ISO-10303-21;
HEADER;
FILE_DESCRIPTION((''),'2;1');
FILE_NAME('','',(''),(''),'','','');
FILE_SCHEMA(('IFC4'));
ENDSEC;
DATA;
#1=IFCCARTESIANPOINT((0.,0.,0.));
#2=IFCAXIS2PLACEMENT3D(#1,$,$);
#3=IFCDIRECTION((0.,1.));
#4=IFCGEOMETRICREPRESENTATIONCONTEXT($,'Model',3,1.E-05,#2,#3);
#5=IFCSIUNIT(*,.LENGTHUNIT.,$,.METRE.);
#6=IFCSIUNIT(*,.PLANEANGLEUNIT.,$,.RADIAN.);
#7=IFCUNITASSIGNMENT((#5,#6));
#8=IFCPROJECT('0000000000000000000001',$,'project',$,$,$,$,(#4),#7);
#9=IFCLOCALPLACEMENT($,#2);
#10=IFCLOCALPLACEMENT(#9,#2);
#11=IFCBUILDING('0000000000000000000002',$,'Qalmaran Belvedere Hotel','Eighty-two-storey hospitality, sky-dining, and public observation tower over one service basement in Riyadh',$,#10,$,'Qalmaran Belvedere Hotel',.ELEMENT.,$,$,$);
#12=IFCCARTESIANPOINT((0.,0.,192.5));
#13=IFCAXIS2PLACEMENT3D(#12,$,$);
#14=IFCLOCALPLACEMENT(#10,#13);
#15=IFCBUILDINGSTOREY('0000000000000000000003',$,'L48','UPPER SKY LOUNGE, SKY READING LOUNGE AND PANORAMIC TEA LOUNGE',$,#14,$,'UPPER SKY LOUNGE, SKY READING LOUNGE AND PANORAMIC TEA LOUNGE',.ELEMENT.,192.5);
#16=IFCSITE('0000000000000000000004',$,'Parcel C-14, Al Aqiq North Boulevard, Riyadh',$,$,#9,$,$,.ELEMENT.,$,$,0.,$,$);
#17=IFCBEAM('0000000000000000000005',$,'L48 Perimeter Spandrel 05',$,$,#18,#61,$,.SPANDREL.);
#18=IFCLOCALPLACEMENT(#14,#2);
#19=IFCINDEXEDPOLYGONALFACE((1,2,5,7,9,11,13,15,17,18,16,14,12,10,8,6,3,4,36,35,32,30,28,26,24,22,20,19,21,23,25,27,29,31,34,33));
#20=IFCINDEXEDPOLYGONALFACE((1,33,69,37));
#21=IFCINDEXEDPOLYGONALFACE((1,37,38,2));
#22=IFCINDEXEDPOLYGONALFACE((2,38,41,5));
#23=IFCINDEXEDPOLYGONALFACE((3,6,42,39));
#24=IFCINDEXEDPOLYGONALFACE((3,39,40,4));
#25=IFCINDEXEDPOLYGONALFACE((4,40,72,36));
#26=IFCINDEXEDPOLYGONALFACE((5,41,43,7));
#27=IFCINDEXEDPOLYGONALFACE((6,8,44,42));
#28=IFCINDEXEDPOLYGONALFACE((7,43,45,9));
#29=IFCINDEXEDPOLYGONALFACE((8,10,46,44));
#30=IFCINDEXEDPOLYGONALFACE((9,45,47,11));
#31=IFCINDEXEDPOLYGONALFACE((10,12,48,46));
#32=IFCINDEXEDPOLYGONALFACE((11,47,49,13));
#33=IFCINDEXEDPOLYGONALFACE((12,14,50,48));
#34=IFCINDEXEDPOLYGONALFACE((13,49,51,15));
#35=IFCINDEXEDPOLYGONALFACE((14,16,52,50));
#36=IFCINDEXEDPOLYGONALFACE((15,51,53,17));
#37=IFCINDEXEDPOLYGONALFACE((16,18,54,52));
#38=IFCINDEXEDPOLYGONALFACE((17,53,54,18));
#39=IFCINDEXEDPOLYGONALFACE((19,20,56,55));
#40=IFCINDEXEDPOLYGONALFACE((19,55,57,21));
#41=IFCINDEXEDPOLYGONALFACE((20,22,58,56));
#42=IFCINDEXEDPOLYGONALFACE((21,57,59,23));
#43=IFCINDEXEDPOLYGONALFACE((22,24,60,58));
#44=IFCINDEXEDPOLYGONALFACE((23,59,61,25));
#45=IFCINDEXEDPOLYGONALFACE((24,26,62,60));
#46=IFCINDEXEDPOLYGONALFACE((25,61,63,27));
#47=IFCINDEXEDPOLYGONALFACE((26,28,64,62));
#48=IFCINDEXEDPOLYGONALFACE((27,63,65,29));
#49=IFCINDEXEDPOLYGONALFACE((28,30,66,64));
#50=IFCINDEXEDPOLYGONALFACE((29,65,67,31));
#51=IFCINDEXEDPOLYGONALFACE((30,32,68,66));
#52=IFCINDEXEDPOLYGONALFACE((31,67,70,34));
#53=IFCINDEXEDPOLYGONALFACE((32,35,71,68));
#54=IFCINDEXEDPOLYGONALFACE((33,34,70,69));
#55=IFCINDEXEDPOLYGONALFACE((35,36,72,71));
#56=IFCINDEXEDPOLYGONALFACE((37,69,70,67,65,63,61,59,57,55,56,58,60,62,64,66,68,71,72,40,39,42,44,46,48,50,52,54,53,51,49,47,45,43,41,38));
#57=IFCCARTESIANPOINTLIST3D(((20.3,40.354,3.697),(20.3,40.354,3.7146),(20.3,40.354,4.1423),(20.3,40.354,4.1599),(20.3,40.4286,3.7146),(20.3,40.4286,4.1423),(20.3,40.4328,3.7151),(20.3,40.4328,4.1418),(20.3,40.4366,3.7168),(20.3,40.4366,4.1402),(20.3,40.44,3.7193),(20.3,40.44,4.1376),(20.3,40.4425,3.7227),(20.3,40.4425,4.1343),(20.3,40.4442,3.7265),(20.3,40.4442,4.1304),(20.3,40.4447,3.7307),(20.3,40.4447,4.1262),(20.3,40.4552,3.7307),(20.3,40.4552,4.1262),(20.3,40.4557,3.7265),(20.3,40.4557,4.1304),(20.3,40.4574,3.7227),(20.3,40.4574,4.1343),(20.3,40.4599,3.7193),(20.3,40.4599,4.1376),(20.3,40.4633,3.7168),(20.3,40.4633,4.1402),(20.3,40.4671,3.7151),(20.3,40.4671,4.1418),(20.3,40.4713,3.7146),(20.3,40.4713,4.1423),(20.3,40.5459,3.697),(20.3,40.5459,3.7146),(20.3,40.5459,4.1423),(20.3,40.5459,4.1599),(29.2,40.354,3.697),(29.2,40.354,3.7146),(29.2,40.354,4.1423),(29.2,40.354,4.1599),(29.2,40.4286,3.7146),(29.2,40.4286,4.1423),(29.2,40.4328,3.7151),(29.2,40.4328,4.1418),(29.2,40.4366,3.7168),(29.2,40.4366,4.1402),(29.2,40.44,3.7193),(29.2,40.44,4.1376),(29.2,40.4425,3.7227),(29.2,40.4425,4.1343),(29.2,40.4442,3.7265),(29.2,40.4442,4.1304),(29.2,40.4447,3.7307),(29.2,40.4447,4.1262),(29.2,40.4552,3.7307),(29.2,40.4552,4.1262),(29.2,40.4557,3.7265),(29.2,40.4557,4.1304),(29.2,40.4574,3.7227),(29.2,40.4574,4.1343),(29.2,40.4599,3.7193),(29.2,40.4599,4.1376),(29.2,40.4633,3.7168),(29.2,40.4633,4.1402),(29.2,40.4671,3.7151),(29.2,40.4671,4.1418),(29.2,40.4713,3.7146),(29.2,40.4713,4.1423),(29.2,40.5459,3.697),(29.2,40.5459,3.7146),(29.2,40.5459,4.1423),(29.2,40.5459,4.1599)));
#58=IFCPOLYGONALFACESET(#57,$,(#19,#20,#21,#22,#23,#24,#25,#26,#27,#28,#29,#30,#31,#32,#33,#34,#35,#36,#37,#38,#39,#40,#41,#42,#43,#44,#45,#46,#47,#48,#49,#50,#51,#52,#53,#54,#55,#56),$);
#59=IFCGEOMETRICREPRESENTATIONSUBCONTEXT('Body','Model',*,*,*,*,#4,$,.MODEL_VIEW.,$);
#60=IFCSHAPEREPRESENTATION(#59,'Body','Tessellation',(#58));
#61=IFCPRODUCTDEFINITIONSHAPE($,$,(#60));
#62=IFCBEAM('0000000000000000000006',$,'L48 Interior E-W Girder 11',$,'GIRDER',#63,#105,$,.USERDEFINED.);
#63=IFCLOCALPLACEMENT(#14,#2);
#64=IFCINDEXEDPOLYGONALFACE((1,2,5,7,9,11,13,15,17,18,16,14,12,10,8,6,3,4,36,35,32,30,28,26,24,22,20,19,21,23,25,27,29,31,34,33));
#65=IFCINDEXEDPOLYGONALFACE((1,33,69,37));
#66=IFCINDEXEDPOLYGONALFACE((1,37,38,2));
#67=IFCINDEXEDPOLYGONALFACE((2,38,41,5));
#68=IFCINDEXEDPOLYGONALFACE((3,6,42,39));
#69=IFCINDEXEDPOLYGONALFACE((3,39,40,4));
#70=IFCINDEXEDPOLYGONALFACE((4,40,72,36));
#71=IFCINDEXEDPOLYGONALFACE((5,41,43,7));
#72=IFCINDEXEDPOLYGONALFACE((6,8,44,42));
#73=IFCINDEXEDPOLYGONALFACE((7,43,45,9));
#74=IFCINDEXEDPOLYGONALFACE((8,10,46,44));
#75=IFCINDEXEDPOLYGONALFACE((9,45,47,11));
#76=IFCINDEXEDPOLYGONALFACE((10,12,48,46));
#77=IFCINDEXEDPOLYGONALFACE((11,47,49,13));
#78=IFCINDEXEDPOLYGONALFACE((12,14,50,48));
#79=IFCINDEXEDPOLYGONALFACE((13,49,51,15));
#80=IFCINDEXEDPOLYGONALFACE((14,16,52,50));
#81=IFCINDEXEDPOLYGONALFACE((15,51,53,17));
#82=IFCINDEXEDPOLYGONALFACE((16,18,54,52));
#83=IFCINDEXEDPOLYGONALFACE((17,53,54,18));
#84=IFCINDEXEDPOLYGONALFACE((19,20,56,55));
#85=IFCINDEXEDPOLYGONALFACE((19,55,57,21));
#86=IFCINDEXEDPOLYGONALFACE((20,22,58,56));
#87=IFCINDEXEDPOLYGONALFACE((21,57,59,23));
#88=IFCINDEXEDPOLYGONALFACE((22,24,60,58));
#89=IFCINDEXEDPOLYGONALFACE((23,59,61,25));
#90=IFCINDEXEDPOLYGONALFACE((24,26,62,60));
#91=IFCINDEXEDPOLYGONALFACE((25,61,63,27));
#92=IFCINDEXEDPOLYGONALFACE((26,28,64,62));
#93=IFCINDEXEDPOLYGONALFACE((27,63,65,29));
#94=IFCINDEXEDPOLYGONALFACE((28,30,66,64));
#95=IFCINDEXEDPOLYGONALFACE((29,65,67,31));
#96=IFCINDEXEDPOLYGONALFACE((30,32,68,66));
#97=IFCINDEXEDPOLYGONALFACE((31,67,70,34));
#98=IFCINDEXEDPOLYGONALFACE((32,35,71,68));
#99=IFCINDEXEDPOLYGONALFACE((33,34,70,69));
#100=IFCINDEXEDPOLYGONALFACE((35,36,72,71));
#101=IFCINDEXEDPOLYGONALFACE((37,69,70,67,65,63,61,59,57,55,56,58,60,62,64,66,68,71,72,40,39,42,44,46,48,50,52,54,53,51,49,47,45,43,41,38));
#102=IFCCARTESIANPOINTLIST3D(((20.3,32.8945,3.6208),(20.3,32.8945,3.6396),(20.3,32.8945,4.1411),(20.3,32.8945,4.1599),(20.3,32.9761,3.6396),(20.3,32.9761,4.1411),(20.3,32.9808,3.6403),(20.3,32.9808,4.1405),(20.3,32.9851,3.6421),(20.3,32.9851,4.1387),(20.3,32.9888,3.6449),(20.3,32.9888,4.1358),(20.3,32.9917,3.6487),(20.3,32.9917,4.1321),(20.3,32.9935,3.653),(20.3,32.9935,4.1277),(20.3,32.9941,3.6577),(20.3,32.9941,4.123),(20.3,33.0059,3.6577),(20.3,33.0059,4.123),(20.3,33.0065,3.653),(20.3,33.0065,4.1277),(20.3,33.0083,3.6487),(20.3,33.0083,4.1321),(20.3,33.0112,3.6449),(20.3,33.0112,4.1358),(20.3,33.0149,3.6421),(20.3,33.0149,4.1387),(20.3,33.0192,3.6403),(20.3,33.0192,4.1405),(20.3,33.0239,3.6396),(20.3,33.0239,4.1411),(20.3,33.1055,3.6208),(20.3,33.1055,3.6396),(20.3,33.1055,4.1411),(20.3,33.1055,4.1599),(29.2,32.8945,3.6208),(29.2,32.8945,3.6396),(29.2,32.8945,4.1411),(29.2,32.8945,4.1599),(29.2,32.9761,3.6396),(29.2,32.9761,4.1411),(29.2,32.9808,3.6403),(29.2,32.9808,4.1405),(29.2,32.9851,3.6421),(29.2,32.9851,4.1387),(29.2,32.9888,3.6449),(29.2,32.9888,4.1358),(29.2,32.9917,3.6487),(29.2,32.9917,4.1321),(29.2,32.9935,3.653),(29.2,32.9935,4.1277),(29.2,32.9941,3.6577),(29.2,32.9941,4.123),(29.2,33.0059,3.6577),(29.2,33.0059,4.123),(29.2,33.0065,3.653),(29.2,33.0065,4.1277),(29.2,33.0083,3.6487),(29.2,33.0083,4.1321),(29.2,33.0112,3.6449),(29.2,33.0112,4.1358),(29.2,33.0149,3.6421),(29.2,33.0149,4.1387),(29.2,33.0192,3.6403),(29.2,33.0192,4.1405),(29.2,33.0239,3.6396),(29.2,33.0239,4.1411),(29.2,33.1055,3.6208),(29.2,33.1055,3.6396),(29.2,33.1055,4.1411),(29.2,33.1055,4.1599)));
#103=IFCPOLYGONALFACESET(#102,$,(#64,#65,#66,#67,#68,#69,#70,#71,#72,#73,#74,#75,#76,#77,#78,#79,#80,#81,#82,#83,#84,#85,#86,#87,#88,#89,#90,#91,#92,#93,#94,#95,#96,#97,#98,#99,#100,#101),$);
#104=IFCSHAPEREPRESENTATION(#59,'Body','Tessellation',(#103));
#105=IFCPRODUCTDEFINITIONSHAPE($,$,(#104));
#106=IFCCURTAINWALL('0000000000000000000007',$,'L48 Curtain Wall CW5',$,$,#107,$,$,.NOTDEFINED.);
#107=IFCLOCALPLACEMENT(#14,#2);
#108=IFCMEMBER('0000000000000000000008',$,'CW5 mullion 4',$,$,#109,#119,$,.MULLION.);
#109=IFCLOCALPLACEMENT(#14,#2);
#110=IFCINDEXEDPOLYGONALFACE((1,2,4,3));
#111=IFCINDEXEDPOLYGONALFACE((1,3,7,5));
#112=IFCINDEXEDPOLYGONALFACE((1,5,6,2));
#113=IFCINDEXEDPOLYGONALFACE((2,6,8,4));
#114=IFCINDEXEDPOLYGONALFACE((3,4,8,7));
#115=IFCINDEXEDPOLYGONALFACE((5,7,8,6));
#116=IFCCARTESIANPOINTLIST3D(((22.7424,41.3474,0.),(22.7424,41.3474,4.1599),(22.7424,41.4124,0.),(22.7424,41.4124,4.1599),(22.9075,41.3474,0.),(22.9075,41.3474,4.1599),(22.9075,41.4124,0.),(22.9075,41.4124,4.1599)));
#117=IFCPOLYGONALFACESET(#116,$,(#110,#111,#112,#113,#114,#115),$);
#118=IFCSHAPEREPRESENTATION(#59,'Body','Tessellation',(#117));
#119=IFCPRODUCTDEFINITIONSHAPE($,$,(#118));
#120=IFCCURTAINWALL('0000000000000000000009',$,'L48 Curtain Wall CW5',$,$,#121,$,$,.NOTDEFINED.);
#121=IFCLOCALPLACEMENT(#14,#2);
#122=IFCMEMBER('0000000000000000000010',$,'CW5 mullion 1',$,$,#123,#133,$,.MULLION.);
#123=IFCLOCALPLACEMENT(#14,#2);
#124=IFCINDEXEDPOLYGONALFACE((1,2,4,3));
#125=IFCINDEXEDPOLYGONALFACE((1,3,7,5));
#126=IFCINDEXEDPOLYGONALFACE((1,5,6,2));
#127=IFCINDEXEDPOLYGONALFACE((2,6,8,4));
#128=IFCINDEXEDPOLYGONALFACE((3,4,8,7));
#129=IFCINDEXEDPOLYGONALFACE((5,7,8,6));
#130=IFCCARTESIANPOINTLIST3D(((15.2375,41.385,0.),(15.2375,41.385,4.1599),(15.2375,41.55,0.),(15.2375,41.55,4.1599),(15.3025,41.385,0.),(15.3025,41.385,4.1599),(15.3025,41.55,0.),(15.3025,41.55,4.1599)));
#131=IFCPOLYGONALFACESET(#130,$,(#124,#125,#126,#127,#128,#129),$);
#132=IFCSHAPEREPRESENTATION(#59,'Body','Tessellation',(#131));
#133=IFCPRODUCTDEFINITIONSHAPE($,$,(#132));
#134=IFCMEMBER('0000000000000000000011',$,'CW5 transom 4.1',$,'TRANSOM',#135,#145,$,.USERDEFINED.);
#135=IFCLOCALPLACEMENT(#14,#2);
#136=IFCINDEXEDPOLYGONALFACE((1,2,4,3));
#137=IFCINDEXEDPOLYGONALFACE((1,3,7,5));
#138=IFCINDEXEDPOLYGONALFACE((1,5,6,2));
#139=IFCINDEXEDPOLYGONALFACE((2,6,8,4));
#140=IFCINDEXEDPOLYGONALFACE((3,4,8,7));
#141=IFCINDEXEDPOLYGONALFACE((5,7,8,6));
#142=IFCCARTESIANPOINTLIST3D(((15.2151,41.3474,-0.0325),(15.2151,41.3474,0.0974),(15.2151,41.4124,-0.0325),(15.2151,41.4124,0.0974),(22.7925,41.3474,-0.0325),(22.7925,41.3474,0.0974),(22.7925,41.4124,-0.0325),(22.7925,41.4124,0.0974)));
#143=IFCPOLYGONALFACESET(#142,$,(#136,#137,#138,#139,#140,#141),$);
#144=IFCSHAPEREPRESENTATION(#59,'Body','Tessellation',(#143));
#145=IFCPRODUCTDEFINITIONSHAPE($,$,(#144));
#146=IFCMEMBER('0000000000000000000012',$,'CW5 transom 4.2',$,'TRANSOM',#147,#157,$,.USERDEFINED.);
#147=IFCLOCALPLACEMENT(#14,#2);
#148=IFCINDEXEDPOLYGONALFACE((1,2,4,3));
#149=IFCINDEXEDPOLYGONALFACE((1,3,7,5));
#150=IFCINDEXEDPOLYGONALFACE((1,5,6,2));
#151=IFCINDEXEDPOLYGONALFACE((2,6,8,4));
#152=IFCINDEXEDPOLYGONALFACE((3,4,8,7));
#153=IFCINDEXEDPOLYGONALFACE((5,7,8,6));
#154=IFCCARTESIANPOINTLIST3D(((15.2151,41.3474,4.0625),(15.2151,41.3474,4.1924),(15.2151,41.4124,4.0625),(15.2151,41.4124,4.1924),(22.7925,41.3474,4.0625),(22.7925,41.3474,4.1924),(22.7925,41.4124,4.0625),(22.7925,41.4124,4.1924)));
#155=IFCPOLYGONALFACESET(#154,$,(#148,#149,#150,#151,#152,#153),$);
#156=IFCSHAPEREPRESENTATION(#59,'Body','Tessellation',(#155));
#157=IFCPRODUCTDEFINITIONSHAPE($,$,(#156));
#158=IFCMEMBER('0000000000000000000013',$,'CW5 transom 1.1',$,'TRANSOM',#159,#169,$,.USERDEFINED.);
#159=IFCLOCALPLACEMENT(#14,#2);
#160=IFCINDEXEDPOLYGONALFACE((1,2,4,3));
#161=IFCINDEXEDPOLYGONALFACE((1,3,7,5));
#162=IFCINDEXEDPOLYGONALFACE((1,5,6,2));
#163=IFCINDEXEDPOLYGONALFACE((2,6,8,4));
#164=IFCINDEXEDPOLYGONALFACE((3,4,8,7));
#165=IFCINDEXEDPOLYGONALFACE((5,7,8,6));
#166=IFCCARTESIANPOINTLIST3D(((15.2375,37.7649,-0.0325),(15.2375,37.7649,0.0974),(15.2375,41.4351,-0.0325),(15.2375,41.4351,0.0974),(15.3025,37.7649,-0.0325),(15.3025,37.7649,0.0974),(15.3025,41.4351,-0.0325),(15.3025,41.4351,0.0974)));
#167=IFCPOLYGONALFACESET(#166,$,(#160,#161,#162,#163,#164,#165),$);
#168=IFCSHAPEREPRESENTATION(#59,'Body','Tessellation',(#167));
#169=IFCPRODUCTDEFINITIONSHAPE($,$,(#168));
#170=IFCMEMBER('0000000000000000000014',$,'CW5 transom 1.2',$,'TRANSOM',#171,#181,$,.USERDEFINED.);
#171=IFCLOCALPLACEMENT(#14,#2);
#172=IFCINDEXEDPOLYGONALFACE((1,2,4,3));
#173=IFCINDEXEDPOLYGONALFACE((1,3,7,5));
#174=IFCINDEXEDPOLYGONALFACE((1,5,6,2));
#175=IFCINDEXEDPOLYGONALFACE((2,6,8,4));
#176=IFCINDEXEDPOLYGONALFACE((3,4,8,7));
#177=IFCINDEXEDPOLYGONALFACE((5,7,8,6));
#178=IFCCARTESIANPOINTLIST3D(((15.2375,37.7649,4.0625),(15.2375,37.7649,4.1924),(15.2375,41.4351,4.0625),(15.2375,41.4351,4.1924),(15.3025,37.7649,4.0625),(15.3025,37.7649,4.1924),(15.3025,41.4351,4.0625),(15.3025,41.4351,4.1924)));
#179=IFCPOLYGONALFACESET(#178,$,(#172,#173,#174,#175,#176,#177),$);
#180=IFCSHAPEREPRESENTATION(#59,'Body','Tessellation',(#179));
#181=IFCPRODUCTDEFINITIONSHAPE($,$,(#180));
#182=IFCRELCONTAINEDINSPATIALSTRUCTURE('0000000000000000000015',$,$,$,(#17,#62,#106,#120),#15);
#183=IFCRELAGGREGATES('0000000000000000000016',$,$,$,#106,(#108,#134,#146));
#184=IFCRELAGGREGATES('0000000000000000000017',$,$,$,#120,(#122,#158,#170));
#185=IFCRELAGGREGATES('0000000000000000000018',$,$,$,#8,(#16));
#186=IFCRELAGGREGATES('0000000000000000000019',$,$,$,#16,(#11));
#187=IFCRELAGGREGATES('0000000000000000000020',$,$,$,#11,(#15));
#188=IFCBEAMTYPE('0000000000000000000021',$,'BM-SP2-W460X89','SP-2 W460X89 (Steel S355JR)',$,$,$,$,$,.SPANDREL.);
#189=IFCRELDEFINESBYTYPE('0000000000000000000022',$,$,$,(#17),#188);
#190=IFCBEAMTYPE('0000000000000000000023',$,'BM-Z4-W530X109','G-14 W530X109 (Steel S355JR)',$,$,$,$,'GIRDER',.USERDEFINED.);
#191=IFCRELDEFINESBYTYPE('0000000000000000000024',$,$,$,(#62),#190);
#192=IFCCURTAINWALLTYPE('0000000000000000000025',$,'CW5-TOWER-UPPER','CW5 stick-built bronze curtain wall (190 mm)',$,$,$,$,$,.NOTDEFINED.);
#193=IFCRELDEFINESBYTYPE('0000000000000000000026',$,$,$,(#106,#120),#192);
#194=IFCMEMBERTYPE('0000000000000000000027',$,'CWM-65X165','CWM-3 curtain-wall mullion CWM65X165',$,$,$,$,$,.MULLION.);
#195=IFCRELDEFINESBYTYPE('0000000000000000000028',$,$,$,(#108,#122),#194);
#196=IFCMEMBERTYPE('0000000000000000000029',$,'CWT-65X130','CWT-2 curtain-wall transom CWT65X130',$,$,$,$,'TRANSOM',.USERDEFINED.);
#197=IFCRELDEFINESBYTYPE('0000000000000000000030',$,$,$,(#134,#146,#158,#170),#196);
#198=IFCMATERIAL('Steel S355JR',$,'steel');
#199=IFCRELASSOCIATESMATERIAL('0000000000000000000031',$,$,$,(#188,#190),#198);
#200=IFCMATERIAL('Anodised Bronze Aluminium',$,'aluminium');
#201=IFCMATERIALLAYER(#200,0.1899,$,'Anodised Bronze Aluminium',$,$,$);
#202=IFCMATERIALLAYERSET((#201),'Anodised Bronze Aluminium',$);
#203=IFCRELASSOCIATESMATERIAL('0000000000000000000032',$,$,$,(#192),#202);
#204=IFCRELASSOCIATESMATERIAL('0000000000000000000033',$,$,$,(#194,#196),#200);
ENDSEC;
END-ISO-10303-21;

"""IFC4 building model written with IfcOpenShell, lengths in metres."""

from ifc_helpers import new_model, si_unit, direction, frame, origin, origin_2d, place, context, subcontext, project, spatial, rectangle, i_section, extrude, material, layer, layer_set, material_profile, profile_set, type_object, element, aggregate, save


model = new_model("IFC4")

# Units and contexts
model_context = context("Model", 3, precision=1e-05, world=origin(), true_north=direction((0.0, 1.0)))
body_context = subcontext(model_context, "Body", "Model", "MODEL_VIEW")
ifc_project = project(units=[si_unit("LENGTHUNIT", "METRE"), si_unit("PLANEANGLEUNIT", "RADIAN")], contexts=[model_context])

# Site, building, storey
site_placement = place(None, origin())
site = spatial("IfcSite", under=ifc_project, at=site_placement, Name="Parcel C-14, Al Aqiq North Boulevard, Riyadh", CompositionType="ELEMENT", RefElevation=0.0)
building_placement = place(site_placement, origin())
building = spatial("IfcBuilding", under=site, at=building_placement, Name="Qalmaran Belvedere Hotel", Description="Eighty-two-storey hospitality, sky-dining, and public observation tower over one service basement in Riyadh", LongName="Qalmaran Belvedere Hotel", CompositionType="ELEMENT")
storey_placement = place(building_placement, frame((0.0, 0.0, 192.5)))
storey = spatial("IfcBuildingStorey", under=building, at=storey_placement, Name="L48", Description="UPPER SKY LOUNGE, SKY READING LOUNGE AND PANORAMIC TEA LOUNGE", LongName="UPPER SKY LOUNGE, SKY READING LOUNGE AND PANORAMIC TEA LOUNGE", CompositionType="ELEMENT", Elevation=192.5)

# Beams
ifc_material_1 = material(Name="Steel S355JR", Category="steel")
ifc_material_profile_1 = material_profile(ifc_material_1, i_section(OverallWidth=0.1919, OverallDepth=0.4629, WebThickness=0.0105, FlangeThickness=0.0176, FilletRadius=0.0161, at=origin_2d()), Name="W460X89")
ifc_profile_set_1 = profile_set([ifc_material_profile_1], Name="Steel S355JR")
beam_type_1 = type_object("IfcBeamType", Name="BM-SP2-W460X89", Description="SP-2 W460X89 (Steel S355JR)", PredefinedType="SPANDREL", material=ifc_profile_set_1)
beam_1_placement = place(storey_placement, frame((20.3, 40.45, 3.9285), z_axis=(1.0, 0.0, 0.0), x_axis=(0.0, 1.0, 0.0)))
element("IfcBeam", 1, at=beam_1_placement, inside=storey, type_object=beam_type_1, Name="L48 Perimeter Spandrel 05", PredefinedType="SPANDREL", context=body_context, shape_type="SweptSolid", body=[
    extrude(i_section(OverallWidth=0.1919, OverallDepth=0.4629, WebThickness=0.0105, FlangeThickness=0.0176, FilletRadius=0.0161, at=origin_2d()), origin(), (0.0, 0.0, 1.0), 8.8999),
])
ifc_material_profile_2 = material_profile(ifc_material_1, i_section(OverallWidth=0.2109, OverallDepth=0.5391, WebThickness=0.0117, FlangeThickness=0.0188, FilletRadius=0.0181, at=origin_2d()), Name="W530X109")
ifc_profile_set_2 = profile_set([ifc_material_profile_2], Name="Steel S355JR")
beam_type_2 = type_object("IfcBeamType", Name="BM-Z4-W530X109", Description="G-14 W530X109 (Steel S355JR)", ElementType="GIRDER", PredefinedType="USERDEFINED", material=ifc_profile_set_2)
beam_2_placement = place(storey_placement, frame((20.3, 33.0, 3.8904), z_axis=(1.0, 0.0, 0.0), x_axis=(0.0, 1.0, 0.0)))
element("IfcBeam", 2, at=beam_2_placement, inside=storey, type_object=beam_type_2, Name="L48 Interior E-W Girder 11", ObjectType="GIRDER", PredefinedType="USERDEFINED", context=body_context, shape_type="SweptSolid", body=[
    extrude(i_section(OverallWidth=0.2109, OverallDepth=0.5391, WebThickness=0.0117, FlangeThickness=0.0188, FilletRadius=0.0181, at=origin_2d()), origin(), (0.0, 0.0, 1.0), 8.8999),
])

# Curtain walls, members
ifc_material_2 = material(Name="Anodised Bronze Aluminium", Category="aluminium")
ifc_layer_1 = layer(ifc_material_2, 0.1899, Name="Anodised Bronze Aluminium")
ifc_layer_set_1 = layer_set([ifc_layer_1], Name="Anodised Bronze Aluminium")
curtain_wall_type = type_object("IfcCurtainWallType", Name="CW5-TOWER-UPPER", Description="CW5 stick-built bronze curtain wall (190 mm)", PredefinedType="NOTDEFINED", material=ifc_layer_set_1)
curtain_wall_1_placement = place(storey_placement, origin())
curtain_wall_1 = element("IfcCurtainWall", 3, at=curtain_wall_1_placement, inside=storey, type_object=curtain_wall_type, Name="L48 Curtain Wall CW5", PredefinedType="NOTDEFINED")
ifc_material_profile_3 = material_profile(ifc_material_2, rectangle(XDim=0.0649, YDim=0.165, at=origin_2d()), Name="CWM65X165")
ifc_profile_set_3 = profile_set([ifc_material_profile_3], Name="Anodised Bronze Aluminium")
member_type_1 = type_object("IfcMemberType", Name="CWM-65X165", Description="CWM-3 curtain-wall mullion CWM65X165", PredefinedType="MULLION", material=ifc_profile_set_3)
member_1_placement = place(storey_placement, frame((22.825, 41.3799, 0.0), z_axis=(0.0, 0.0, 1.0), x_axis=(0.0, -1.0, 0.0)))
member_1 = element("IfcMember", 4, at=member_1_placement, type_object=member_type_1, Name="CW5 mullion 4", PredefinedType="MULLION", context=body_context, shape_type="SweptSolid", body=[
    extrude(rectangle(XDim=0.0649, YDim=0.165, at=origin_2d()), origin(), (0.0, 0.0, 1.0), 4.1599),
])
curtain_wall_2_placement = place(storey_placement, origin())
curtain_wall_2 = element("IfcCurtainWall", 5, at=curtain_wall_2_placement, inside=storey, type_object=curtain_wall_type, Name="L48 Curtain Wall CW5", PredefinedType="NOTDEFINED")
member_2_placement = place(storey_placement, frame((15.27, 41.4675, 0.0), z_axis=(0.0, 0.0, 1.0), x_axis=(1.0, 0.0, 0.0)))
member_2 = element("IfcMember", 6, at=member_2_placement, type_object=member_type_1, Name="CW5 mullion 1", PredefinedType="MULLION", context=body_context, shape_type="SweptSolid", body=[
    extrude(rectangle(XDim=0.0649, YDim=0.165, at=origin_2d()), origin(), (0.0, 0.0, 1.0), 4.1599),
])

# Members
ifc_material_profile_4 = material_profile(ifc_material_2, rectangle(XDim=0.0649, YDim=0.1299, at=origin_2d()), Name="CWT65X130")
ifc_profile_set_4 = profile_set([ifc_material_profile_4], Name="Anodised Bronze Aluminium")
member_type_2 = type_object("IfcMemberType", Name="CWT-65X130", Description="CWT-2 curtain-wall transom CWT65X130", ElementType="TRANSOM", PredefinedType="USERDEFINED", material=ifc_profile_set_4)
member_3_placement = place(storey_placement, frame((22.7925, 41.3799, 0.0325), z_axis=(-1.0, 0.0, 0.0), x_axis=(0.0, -1.0, 0.0)))
member_3 = element("IfcMember", 7, at=member_3_placement, type_object=member_type_2, Name="CW5 transom 4.1", ObjectType="TRANSOM", PredefinedType="USERDEFINED", context=body_context, shape_type="SweptSolid", body=[
    extrude(rectangle(XDim=0.0649, YDim=0.1299, at=origin_2d()), origin(), (0.0, 0.0, 1.0), 7.5774),
])
member_4_placement = place(storey_placement, frame((22.7925, 41.3799, 4.1274), z_axis=(-1.0, 0.0, 0.0), x_axis=(0.0, -1.0, 0.0)))
member_4 = element("IfcMember", 8, at=member_4_placement, type_object=member_type_2, Name="CW5 transom 4.2", ObjectType="TRANSOM", PredefinedType="USERDEFINED", context=body_context, shape_type="SweptSolid", body=[
    extrude(rectangle(XDim=0.0649, YDim=0.1299, at=origin_2d()), origin(), (0.0, 0.0, 1.0), 7.5774),
])
member_5_placement = place(storey_placement, frame((15.27, 41.4351, 0.0325), z_axis=(0.0, -1.0, 0.0), x_axis=(1.0, 0.0, 0.0)))
member_5 = element("IfcMember", 9, at=member_5_placement, type_object=member_type_2, Name="CW5 transom 1.1", ObjectType="TRANSOM", PredefinedType="USERDEFINED", context=body_context, shape_type="SweptSolid", body=[
    extrude(rectangle(XDim=0.0649, YDim=0.1299, at=origin_2d()), origin(), (0.0, 0.0, 1.0), 3.6702),
])
member_6_placement = place(storey_placement, frame((15.27, 41.4351, 4.1274), z_axis=(0.0, -1.0, 0.0), x_axis=(1.0, 0.0, 0.0)))
member_6 = element("IfcMember", 10, at=member_6_placement, type_object=member_type_2, Name="CW5 transom 1.2", ObjectType="TRANSOM", PredefinedType="USERDEFINED", context=body_context, shape_type="SweptSolid", body=[
    extrude(rectangle(XDim=0.0649, YDim=0.1299, at=origin_2d()), origin(), (0.0, 0.0, 1.0), 3.6702),
])

aggregate(curtain_wall_1, [member_1, member_3, member_4])
aggregate(curtain_wall_2, [member_2, member_5, member_6])

save(model, "model.ifc")
